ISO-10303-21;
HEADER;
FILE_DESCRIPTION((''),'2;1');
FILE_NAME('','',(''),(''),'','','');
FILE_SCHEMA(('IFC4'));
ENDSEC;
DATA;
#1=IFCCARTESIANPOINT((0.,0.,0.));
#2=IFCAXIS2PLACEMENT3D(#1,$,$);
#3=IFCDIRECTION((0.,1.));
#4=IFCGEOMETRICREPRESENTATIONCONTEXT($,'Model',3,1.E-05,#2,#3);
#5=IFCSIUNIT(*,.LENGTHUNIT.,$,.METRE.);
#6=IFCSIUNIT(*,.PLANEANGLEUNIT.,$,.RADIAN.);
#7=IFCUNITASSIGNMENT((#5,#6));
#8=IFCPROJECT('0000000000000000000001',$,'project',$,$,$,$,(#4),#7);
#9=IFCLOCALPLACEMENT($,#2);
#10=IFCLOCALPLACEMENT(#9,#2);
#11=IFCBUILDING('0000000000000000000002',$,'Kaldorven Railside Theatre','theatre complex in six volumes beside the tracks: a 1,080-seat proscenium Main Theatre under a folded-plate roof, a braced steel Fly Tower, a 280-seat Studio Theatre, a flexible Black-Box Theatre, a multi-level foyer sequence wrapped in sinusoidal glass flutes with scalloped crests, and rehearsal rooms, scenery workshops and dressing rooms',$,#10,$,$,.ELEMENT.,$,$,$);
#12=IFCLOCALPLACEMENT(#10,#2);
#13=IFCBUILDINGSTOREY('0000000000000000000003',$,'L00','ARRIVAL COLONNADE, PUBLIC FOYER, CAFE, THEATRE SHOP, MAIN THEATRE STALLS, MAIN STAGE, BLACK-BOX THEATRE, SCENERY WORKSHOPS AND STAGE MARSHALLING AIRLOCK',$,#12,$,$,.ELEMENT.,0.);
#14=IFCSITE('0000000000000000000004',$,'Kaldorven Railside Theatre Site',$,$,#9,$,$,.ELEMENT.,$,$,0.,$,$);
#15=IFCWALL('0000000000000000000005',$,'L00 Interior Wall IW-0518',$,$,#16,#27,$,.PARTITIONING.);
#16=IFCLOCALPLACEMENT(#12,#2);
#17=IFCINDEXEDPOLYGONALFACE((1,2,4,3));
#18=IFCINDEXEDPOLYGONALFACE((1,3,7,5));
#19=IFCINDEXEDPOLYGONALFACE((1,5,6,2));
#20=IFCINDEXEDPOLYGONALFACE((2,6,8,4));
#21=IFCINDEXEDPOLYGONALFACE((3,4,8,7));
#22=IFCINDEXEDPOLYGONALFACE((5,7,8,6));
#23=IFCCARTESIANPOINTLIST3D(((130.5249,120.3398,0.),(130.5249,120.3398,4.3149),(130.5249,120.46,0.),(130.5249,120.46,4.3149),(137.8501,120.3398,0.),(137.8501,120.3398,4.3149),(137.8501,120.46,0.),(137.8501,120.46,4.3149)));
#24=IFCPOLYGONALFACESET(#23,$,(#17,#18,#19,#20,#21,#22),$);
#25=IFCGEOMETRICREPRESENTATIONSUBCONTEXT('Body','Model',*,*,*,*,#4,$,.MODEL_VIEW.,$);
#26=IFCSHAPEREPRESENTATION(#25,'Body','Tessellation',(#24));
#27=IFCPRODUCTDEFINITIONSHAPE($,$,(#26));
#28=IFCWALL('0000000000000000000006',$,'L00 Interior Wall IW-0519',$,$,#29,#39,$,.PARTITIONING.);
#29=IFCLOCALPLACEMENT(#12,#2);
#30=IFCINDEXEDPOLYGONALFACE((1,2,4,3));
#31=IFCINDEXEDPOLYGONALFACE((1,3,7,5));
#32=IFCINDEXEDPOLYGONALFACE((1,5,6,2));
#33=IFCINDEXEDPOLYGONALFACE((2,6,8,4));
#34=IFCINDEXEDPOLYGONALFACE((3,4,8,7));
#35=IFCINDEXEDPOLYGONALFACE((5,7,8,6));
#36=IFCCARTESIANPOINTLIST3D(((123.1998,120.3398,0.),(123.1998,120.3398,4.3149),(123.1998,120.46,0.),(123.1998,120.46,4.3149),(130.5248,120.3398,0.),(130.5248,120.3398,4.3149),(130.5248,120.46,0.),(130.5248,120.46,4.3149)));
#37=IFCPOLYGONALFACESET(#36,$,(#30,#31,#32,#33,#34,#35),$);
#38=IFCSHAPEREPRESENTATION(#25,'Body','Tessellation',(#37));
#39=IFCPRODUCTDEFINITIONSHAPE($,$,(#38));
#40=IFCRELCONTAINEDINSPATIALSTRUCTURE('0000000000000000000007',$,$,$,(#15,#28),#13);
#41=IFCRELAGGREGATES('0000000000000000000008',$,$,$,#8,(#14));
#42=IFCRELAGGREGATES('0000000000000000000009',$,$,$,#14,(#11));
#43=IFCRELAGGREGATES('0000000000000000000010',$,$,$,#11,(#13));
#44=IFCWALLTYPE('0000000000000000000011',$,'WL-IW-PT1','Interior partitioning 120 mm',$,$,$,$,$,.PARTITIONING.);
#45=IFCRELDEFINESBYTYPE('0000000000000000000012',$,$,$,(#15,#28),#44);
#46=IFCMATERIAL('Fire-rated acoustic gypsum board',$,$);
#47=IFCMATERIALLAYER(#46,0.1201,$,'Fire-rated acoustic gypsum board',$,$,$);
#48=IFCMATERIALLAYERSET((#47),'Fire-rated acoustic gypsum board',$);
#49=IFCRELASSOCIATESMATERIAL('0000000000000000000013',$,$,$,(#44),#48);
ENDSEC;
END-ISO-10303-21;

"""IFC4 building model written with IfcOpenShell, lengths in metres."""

from ifc_helpers import new_model, si_unit, direction, frame, frame_2d, origin, place, context, subcontext, project, spatial, rectangle, extrude, material, layer, layer_set, type_object, element, save


model = new_model("IFC4")

# Units and contexts
model_context = context("Model", 3, precision=1e-05, world=origin(), true_north=direction((0.0, 1.0)))
body_context = subcontext(model_context, "Body", "Model", "MODEL_VIEW")
ifc_project = project(units=[si_unit("LENGTHUNIT", "METRE"), si_unit("PLANEANGLEUNIT", "RADIAN")], contexts=[model_context])

# Site, building, storey
site_placement = place(None, origin())
site = spatial("IfcSite", under=ifc_project, at=site_placement, Name="Kaldorven Railside Theatre Site", CompositionType="ELEMENT", RefElevation=0.0)
building_placement = place(site_placement, origin())
building = spatial("IfcBuilding", under=site, at=building_placement, Name="Kaldorven Railside Theatre", Description="theatre complex in six volumes beside the tracks: a 1,080-seat proscenium Main Theatre under a folded-plate roof, a braced steel Fly Tower, a 280-seat Studio Theatre, a flexible Black-Box Theatre, a multi-level foyer sequence wrapped in sinusoidal glass flutes with scalloped crests, and rehearsal rooms, scenery workshops and dressing rooms", CompositionType="ELEMENT")
storey_placement = place(building_placement, origin())
storey = spatial("IfcBuildingStorey", under=building, at=storey_placement, Name="L00", Description="ARRIVAL COLONNADE, PUBLIC FOYER, CAFE, THEATRE SHOP, MAIN THEATRE STALLS, MAIN STAGE, BLACK-BOX THEATRE, SCENERY WORKSHOPS AND STAGE MARSHALLING AIRLOCK", CompositionType="ELEMENT", Elevation=0.0)

# Walls
ifc_material_1 = material(Name="Fire-rated acoustic gypsum board")
ifc_layer = layer(ifc_material_1, 0.1201, Name="Fire-rated acoustic gypsum board")
ifc_layer_set = layer_set([ifc_layer], Name="Fire-rated acoustic gypsum board")
wall_type = type_object("IfcWallType", Name="WL-IW-PT1", Description="Interior partitioning 120 mm", PredefinedType="PARTITIONING", material=ifc_layer_set)
wall_1_placement = place(storey_placement, frame((137.8501, 120.3999, 0.0), z_axis=(0.0, 0.0, 1.0), x_axis=(-1.0, 0.0, 0.0)))
element("IfcWall", 1, at=wall_1_placement, inside=storey, type_object=wall_type, Name="L00 Interior Wall IW-0518", PredefinedType="PARTITIONING", context=body_context, shape_type="SweptSolid", body=[
    extrude(rectangle(XDim=7.3252, YDim=0.1201, at=frame_2d((3.6626, 0.0))), origin(), (0.0, 0.0, 1.0), 4.3149),
])
wall_2_placement = place(storey_placement, frame((130.5249, 120.3999, 0.0), z_axis=(0.0, 0.0, 1.0), x_axis=(-1.0, 0.0, 0.0)))
element("IfcWall", 2, at=wall_2_placement, inside=storey, type_object=wall_type, Name="L00 Interior Wall IW-0519", PredefinedType="PARTITIONING", context=body_context, shape_type="SweptSolid", body=[
    extrude(rectangle(XDim=7.325, YDim=0.1201, at=frame_2d((3.6626, 0.0))), origin(), (0.0, 0.0, 1.0), 4.3149),
])

save(model, "model.ifc")
